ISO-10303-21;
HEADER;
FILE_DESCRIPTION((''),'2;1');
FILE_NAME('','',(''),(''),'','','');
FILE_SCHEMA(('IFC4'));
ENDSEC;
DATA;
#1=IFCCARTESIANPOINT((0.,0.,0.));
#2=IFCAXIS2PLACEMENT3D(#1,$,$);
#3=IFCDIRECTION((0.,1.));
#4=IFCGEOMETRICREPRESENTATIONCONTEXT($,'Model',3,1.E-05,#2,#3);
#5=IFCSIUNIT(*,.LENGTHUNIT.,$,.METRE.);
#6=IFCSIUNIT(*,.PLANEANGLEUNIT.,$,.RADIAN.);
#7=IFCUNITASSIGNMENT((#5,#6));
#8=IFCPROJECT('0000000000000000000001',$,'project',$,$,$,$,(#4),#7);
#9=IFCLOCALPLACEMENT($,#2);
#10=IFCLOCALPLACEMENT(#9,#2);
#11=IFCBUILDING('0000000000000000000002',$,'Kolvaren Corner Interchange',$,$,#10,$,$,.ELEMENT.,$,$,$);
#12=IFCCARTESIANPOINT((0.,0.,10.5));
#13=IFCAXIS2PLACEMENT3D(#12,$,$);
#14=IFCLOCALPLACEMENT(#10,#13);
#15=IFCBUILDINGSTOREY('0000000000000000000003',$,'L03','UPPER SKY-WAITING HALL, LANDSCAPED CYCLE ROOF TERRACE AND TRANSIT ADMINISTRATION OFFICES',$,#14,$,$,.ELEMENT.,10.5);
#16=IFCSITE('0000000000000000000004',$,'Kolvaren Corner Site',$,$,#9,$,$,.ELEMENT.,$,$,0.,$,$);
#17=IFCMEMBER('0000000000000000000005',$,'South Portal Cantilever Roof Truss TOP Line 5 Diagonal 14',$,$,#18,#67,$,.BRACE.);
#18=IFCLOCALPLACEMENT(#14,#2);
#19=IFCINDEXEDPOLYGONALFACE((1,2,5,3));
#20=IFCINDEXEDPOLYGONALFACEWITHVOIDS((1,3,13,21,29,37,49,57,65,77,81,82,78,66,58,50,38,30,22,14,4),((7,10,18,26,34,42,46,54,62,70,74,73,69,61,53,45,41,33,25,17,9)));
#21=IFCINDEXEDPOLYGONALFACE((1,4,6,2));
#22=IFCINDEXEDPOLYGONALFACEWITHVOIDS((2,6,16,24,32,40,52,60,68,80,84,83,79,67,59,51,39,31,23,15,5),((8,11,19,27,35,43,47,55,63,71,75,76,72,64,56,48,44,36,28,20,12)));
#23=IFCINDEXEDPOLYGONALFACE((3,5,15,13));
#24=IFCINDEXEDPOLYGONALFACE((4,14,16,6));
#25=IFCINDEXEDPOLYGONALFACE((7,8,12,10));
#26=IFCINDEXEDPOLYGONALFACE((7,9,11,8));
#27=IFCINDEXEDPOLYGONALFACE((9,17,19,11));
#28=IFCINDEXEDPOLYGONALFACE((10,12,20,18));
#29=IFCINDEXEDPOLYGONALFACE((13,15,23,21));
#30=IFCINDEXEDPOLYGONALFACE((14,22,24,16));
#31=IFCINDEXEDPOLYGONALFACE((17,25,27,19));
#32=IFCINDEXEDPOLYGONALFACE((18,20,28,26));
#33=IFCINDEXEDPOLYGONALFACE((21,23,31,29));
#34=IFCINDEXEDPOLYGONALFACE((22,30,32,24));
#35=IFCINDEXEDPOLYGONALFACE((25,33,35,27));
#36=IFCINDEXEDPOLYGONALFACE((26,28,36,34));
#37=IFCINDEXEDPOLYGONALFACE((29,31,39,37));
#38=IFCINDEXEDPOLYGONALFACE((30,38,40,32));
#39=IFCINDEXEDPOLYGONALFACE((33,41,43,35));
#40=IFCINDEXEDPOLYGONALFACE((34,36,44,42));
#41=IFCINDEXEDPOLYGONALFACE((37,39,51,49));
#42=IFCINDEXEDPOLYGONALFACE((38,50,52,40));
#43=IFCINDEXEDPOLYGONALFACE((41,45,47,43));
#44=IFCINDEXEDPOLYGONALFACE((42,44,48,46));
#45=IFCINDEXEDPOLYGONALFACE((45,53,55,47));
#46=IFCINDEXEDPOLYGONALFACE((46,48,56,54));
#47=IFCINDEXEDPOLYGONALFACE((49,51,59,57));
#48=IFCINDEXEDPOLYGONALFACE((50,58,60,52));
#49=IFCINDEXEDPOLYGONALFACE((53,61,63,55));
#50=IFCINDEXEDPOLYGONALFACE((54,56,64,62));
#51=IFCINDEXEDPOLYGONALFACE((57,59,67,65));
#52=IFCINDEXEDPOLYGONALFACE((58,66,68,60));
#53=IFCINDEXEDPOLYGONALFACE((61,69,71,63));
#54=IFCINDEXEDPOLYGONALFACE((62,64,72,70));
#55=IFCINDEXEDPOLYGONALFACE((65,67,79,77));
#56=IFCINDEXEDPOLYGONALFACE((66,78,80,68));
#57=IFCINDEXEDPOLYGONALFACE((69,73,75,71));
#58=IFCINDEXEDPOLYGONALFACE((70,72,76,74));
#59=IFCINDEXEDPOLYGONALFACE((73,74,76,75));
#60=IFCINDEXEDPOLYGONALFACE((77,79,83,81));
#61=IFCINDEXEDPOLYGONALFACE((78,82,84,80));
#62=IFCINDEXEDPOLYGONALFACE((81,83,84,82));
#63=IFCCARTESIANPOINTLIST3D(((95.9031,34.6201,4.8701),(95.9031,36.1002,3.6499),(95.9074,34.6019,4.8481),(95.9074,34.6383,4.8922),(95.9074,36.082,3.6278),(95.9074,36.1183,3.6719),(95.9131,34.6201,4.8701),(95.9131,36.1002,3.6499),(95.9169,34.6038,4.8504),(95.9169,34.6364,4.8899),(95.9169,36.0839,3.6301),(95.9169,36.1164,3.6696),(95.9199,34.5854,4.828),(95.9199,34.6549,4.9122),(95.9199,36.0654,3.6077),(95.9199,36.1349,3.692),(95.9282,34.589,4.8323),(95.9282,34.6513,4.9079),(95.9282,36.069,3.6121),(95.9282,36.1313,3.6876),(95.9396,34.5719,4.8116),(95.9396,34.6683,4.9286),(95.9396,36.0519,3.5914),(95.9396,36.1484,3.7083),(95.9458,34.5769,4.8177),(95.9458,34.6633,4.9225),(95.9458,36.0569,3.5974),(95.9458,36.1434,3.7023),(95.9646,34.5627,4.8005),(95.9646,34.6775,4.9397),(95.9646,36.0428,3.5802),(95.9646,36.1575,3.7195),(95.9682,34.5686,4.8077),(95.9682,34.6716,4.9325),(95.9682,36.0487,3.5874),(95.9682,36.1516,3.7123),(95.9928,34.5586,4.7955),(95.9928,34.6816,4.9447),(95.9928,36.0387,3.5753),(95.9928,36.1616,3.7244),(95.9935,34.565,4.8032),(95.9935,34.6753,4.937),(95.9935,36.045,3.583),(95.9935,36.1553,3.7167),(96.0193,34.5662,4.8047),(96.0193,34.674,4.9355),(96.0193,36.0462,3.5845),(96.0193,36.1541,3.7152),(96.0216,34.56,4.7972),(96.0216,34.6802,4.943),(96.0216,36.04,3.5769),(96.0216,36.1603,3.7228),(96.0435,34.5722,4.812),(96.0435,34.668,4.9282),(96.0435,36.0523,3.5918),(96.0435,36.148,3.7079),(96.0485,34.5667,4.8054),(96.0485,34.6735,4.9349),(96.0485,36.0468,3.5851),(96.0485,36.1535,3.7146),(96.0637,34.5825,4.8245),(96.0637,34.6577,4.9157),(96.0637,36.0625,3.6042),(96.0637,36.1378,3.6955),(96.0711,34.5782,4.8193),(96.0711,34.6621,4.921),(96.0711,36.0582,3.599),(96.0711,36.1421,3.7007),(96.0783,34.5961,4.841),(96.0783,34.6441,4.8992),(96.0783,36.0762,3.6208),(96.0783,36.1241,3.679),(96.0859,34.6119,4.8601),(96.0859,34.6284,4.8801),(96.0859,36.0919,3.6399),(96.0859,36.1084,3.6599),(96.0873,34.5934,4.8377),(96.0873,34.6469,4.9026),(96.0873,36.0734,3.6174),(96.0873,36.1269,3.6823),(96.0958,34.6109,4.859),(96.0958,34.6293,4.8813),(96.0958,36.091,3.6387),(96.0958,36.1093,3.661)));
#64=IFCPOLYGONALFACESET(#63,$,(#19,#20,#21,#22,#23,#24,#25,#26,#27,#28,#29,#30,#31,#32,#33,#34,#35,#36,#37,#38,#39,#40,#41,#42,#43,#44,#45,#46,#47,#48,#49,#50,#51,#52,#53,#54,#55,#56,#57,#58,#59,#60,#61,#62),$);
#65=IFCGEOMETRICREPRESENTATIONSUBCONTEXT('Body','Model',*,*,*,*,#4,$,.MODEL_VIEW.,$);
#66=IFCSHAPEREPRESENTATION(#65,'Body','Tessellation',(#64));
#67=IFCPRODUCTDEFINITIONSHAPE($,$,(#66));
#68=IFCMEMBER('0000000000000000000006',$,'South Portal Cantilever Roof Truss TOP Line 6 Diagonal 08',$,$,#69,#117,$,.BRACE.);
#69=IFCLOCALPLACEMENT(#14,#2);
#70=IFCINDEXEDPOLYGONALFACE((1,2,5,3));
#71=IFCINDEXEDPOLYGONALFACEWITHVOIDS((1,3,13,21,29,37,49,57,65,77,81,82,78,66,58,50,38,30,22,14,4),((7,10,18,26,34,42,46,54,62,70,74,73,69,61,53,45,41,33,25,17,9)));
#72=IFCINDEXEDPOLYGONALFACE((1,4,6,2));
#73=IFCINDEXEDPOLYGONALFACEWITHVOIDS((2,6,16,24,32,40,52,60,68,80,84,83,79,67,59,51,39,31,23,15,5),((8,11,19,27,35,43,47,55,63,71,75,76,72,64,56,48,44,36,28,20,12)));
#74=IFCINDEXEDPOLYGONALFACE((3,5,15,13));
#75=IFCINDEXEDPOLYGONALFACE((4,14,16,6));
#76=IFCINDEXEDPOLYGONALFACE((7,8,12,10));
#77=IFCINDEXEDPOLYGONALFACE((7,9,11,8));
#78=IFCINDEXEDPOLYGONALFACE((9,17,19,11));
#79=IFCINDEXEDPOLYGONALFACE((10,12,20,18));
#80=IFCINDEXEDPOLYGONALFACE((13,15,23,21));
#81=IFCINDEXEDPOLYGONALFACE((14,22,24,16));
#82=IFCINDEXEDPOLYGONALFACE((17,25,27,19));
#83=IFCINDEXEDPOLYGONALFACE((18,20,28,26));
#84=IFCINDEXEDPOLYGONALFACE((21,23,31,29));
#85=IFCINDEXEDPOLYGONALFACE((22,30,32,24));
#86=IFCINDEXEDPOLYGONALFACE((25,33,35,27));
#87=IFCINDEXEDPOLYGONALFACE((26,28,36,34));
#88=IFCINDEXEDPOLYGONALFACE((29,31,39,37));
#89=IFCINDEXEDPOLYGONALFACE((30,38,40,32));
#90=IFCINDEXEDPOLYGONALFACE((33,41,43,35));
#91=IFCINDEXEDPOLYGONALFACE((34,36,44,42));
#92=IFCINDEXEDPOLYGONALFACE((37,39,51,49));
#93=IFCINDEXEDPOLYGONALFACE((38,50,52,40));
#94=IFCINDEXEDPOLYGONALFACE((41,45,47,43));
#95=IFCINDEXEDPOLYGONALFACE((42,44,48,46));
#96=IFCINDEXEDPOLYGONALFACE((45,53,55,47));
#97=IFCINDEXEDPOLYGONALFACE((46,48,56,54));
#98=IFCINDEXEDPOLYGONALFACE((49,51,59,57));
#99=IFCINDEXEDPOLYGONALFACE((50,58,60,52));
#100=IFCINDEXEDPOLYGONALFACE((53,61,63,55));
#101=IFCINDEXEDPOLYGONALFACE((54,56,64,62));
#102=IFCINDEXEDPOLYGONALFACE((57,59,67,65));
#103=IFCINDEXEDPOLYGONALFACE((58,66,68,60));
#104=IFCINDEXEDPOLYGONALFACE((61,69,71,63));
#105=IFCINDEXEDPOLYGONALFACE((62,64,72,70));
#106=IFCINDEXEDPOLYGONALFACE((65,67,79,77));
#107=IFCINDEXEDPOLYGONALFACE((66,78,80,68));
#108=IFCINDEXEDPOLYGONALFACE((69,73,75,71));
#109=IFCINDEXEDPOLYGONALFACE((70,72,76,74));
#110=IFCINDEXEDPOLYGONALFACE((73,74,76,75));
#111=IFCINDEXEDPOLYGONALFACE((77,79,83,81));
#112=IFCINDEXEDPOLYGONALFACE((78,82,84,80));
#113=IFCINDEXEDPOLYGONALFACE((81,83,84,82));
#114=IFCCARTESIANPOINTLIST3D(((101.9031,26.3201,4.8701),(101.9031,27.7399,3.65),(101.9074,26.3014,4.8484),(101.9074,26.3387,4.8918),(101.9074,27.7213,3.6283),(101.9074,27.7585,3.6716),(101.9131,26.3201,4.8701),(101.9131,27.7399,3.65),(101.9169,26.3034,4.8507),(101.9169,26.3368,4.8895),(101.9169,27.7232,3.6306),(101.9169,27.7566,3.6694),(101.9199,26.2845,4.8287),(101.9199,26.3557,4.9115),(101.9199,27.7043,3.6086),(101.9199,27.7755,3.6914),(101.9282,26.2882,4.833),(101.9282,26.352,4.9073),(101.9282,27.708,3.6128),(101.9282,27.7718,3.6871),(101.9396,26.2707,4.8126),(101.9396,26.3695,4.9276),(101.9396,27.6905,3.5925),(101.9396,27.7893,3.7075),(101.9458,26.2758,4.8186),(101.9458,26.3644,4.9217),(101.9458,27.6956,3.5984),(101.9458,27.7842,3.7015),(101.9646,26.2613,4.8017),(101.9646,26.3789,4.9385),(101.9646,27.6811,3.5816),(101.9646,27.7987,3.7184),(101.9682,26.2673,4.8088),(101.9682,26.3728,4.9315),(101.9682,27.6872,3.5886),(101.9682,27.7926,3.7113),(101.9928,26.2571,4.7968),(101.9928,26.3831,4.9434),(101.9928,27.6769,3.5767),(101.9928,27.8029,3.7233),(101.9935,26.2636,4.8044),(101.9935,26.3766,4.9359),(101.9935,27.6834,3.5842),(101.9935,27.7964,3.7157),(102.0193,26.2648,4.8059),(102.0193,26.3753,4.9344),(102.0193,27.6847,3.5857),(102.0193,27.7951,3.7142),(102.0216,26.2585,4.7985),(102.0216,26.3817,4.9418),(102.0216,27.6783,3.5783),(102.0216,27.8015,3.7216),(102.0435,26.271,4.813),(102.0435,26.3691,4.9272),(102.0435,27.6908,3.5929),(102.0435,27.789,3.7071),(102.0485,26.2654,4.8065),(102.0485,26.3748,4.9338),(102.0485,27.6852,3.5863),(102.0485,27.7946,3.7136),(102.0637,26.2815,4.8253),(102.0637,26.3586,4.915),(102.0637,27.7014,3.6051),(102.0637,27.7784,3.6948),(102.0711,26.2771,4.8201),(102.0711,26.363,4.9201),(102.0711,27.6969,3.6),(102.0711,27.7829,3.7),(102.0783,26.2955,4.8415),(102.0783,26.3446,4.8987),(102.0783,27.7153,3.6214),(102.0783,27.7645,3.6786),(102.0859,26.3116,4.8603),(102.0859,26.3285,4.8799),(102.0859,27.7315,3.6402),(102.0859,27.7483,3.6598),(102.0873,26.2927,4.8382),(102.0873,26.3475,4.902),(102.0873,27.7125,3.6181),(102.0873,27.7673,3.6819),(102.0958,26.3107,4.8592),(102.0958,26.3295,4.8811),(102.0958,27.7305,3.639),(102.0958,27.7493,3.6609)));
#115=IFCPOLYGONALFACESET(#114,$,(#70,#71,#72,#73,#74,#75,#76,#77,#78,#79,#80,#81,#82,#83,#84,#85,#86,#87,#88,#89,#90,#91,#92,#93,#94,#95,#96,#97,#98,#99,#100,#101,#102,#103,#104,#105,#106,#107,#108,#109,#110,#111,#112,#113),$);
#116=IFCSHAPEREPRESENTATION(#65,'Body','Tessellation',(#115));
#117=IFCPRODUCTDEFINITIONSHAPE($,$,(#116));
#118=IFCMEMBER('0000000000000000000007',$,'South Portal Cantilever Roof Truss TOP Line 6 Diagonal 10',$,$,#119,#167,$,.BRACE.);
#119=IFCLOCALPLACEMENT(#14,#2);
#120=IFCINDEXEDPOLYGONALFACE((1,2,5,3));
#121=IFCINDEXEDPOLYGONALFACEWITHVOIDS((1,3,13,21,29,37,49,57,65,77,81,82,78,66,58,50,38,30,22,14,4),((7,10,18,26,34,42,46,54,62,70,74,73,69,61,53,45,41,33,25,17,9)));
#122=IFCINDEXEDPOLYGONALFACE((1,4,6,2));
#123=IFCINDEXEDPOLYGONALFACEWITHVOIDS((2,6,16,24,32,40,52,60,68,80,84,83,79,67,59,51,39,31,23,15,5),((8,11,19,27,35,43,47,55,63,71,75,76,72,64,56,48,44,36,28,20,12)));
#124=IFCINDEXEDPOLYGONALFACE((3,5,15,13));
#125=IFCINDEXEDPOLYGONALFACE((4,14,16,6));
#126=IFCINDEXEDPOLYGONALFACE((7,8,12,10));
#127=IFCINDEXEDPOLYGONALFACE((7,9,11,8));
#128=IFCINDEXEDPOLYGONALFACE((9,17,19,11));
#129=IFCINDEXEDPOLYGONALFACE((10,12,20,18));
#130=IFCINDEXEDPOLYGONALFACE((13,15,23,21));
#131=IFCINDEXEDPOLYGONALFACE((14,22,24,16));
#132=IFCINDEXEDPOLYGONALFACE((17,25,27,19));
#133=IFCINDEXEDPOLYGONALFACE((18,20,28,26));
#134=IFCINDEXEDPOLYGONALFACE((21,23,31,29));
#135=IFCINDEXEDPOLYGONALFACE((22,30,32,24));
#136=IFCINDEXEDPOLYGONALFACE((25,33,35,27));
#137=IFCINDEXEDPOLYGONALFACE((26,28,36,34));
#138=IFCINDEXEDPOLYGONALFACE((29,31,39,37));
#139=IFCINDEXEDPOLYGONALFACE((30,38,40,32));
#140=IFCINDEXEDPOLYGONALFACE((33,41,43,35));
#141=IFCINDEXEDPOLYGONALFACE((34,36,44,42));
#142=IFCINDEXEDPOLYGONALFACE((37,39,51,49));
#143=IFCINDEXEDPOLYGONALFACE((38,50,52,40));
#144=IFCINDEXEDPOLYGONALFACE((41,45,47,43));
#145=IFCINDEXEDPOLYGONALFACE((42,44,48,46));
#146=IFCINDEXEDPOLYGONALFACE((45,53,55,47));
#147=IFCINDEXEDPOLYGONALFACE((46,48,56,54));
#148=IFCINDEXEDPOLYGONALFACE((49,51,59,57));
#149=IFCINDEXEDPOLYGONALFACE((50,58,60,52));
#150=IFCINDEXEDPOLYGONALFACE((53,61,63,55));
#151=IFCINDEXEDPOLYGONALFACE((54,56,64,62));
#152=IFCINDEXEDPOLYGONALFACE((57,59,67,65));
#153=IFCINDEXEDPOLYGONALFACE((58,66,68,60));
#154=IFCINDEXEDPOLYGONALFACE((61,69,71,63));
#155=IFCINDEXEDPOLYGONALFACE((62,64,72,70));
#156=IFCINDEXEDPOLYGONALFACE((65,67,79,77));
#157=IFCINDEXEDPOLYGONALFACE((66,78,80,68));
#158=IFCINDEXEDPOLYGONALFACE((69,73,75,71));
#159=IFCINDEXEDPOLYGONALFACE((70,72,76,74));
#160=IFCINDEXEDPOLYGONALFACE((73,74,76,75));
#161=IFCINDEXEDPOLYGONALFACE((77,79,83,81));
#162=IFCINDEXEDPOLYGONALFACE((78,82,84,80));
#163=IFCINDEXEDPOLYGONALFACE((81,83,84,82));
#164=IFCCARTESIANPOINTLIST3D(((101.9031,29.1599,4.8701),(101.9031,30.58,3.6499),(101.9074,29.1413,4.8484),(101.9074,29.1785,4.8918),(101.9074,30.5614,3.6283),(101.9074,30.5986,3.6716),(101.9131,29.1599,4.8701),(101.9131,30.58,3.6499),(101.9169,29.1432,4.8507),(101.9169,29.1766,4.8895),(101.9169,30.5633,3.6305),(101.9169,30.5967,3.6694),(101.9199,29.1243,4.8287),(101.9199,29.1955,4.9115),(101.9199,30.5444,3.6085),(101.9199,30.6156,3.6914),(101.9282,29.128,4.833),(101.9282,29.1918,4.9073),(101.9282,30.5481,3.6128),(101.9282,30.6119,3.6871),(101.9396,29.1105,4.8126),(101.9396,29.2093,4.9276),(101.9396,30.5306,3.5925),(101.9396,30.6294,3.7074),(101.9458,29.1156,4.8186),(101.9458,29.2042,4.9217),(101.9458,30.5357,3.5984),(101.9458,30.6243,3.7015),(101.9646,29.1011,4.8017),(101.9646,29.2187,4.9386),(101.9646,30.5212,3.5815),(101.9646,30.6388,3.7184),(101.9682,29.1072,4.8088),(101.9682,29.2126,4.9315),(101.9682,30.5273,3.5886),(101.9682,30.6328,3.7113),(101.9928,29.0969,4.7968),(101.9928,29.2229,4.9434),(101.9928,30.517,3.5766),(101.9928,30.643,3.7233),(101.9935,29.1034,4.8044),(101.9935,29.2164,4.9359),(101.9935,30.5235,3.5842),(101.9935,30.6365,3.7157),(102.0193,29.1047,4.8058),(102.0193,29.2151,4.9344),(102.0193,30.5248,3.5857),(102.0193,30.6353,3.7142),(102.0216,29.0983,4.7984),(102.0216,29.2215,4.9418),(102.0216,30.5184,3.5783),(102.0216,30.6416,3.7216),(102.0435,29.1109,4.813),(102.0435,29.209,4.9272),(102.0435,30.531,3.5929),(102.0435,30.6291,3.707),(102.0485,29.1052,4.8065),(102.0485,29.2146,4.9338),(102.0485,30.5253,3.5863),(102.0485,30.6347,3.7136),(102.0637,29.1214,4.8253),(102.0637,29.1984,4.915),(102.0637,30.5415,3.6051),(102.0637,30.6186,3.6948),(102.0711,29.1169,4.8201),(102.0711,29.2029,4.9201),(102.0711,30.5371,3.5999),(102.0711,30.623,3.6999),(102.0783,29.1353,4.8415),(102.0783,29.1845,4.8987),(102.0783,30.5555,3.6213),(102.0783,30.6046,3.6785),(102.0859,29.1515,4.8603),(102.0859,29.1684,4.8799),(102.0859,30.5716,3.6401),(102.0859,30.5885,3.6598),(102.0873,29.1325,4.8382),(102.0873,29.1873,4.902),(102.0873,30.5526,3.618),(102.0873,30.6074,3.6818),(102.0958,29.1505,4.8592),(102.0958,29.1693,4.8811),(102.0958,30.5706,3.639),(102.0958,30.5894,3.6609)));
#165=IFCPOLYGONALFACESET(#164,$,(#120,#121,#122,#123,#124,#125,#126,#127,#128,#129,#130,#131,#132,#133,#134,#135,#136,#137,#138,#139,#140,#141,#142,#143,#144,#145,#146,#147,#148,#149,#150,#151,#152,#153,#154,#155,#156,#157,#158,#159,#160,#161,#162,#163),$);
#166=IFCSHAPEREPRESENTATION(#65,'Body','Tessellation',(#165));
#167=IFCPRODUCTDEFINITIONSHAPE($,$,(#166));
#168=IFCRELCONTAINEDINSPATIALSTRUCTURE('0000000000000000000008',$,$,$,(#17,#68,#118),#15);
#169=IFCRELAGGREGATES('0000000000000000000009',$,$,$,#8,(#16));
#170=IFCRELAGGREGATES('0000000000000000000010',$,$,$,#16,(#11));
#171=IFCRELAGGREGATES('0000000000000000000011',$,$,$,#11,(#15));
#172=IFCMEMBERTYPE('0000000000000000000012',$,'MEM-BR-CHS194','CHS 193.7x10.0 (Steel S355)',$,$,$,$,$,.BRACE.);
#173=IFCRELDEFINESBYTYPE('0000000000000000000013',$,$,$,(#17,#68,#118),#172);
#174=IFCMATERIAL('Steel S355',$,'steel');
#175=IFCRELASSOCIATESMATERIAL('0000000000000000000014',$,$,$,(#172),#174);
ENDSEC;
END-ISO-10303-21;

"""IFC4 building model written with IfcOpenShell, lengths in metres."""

from ifc_helpers import new_model, si_unit, direction, frame, origin, origin_2d, place, context, subcontext, project, spatial, hollow_circle, extrude, material, material_profile, profile_set, type_object, element, save


model = new_model("IFC4")

# Units and contexts
model_context = context("Model", 3, precision=1e-05, world=origin(), true_north=direction((0.0, 1.0)))
body_context = subcontext(model_context, "Body", "Model", "MODEL_VIEW")
ifc_project = project(units=[si_unit("LENGTHUNIT", "METRE"), si_unit("PLANEANGLEUNIT", "RADIAN")], contexts=[model_context])

# Site, building, storey
site_placement = place(None, origin())
site = spatial("IfcSite", under=ifc_project, at=site_placement, Name="Kolvaren Corner Site", CompositionType="ELEMENT", RefElevation=0.0)
building_placement = place(site_placement, origin())
building = spatial("IfcBuilding", under=site, at=building_placement, Name="Kolvaren Corner Interchange", CompositionType="ELEMENT")
storey_placement = place(building_placement, frame((0.0, 0.0, 10.5)))
storey = spatial("IfcBuildingStorey", under=building, at=storey_placement, Name="L03", Description="UPPER SKY-WAITING HALL, LANDSCAPED CYCLE ROOF TERRACE AND TRANSIT ADMINISTRATION OFFICES", CompositionType="ELEMENT", Elevation=10.5)

# Members
ifc_material_1 = material(Name="Steel S355", Category="steel")
ifc_material_profile_1 = material_profile(ifc_material_1, hollow_circle(Radius=0.0969, WallThickness=0.01, at=origin_2d()), Name="CHS 193.7x10.0")
ifc_profile_set_1 = profile_set([ifc_material_profile_1], Name="Steel S355")
member_type_1 = type_object("IfcMemberType", Name="MEM-BR-CHS194", Description="CHS 193.7x10.0 (Steel S355)", PredefinedType="BRACE", material=ifc_profile_set_1)
member_1_placement = place(storey_placement, frame((96.0, 34.6201, 4.8701), z_axis=(0.0, 0.77157, -0.636144), x_axis=(-1.0, 0.0, 0.0)))
element("IfcMember", 1, at=member_1_placement, inside=storey, type_object=member_type_1, Name="South Portal Cantilever Roof Truss TOP Line 5 Diagonal 14", PredefinedType="BRACE", context=body_context, shape_type="SweptSolid", body=[
    extrude(hollow_circle(Radius=0.0969, WallThickness=0.01, at=origin_2d()), origin(), (0.0, 0.0, 1.0), 1.9182),
])
member_2_placement = place(storey_placement, frame((102.0, 26.3201, 4.8701), z_axis=(0.0, 0.758428, -0.651757), x_axis=(-1.0, 0.0, 0.0)))
element("IfcMember", 2, at=member_2_placement, inside=storey, type_object=member_type_1, Name="South Portal Cantilever Roof Truss TOP Line 6 Diagonal 08", PredefinedType="BRACE", context=body_context, shape_type="SweptSolid", body=[
    extrude(hollow_circle(Radius=0.0969, WallThickness=0.01, at=origin_2d()), origin(), (0.0, 0.0, 1.0), 1.8721),
])
member_3_placement = place(storey_placement, frame((102.0, 29.1599, 4.8701), z_axis=(0.0, 0.758483, -0.651693), x_axis=(-1.0, 0.0, 0.0)))
element("IfcMember", 3, at=member_3_placement, inside=storey, type_object=member_type_1, Name="South Portal Cantilever Roof Truss TOP Line 6 Diagonal 10", PredefinedType="BRACE", context=body_context, shape_type="SweptSolid", body=[
    extrude(hollow_circle(Radius=0.0969, WallThickness=0.01, at=origin_2d()), origin(), (0.0, 0.0, 1.0), 1.8723),
])

save(model, "model.ifc")
